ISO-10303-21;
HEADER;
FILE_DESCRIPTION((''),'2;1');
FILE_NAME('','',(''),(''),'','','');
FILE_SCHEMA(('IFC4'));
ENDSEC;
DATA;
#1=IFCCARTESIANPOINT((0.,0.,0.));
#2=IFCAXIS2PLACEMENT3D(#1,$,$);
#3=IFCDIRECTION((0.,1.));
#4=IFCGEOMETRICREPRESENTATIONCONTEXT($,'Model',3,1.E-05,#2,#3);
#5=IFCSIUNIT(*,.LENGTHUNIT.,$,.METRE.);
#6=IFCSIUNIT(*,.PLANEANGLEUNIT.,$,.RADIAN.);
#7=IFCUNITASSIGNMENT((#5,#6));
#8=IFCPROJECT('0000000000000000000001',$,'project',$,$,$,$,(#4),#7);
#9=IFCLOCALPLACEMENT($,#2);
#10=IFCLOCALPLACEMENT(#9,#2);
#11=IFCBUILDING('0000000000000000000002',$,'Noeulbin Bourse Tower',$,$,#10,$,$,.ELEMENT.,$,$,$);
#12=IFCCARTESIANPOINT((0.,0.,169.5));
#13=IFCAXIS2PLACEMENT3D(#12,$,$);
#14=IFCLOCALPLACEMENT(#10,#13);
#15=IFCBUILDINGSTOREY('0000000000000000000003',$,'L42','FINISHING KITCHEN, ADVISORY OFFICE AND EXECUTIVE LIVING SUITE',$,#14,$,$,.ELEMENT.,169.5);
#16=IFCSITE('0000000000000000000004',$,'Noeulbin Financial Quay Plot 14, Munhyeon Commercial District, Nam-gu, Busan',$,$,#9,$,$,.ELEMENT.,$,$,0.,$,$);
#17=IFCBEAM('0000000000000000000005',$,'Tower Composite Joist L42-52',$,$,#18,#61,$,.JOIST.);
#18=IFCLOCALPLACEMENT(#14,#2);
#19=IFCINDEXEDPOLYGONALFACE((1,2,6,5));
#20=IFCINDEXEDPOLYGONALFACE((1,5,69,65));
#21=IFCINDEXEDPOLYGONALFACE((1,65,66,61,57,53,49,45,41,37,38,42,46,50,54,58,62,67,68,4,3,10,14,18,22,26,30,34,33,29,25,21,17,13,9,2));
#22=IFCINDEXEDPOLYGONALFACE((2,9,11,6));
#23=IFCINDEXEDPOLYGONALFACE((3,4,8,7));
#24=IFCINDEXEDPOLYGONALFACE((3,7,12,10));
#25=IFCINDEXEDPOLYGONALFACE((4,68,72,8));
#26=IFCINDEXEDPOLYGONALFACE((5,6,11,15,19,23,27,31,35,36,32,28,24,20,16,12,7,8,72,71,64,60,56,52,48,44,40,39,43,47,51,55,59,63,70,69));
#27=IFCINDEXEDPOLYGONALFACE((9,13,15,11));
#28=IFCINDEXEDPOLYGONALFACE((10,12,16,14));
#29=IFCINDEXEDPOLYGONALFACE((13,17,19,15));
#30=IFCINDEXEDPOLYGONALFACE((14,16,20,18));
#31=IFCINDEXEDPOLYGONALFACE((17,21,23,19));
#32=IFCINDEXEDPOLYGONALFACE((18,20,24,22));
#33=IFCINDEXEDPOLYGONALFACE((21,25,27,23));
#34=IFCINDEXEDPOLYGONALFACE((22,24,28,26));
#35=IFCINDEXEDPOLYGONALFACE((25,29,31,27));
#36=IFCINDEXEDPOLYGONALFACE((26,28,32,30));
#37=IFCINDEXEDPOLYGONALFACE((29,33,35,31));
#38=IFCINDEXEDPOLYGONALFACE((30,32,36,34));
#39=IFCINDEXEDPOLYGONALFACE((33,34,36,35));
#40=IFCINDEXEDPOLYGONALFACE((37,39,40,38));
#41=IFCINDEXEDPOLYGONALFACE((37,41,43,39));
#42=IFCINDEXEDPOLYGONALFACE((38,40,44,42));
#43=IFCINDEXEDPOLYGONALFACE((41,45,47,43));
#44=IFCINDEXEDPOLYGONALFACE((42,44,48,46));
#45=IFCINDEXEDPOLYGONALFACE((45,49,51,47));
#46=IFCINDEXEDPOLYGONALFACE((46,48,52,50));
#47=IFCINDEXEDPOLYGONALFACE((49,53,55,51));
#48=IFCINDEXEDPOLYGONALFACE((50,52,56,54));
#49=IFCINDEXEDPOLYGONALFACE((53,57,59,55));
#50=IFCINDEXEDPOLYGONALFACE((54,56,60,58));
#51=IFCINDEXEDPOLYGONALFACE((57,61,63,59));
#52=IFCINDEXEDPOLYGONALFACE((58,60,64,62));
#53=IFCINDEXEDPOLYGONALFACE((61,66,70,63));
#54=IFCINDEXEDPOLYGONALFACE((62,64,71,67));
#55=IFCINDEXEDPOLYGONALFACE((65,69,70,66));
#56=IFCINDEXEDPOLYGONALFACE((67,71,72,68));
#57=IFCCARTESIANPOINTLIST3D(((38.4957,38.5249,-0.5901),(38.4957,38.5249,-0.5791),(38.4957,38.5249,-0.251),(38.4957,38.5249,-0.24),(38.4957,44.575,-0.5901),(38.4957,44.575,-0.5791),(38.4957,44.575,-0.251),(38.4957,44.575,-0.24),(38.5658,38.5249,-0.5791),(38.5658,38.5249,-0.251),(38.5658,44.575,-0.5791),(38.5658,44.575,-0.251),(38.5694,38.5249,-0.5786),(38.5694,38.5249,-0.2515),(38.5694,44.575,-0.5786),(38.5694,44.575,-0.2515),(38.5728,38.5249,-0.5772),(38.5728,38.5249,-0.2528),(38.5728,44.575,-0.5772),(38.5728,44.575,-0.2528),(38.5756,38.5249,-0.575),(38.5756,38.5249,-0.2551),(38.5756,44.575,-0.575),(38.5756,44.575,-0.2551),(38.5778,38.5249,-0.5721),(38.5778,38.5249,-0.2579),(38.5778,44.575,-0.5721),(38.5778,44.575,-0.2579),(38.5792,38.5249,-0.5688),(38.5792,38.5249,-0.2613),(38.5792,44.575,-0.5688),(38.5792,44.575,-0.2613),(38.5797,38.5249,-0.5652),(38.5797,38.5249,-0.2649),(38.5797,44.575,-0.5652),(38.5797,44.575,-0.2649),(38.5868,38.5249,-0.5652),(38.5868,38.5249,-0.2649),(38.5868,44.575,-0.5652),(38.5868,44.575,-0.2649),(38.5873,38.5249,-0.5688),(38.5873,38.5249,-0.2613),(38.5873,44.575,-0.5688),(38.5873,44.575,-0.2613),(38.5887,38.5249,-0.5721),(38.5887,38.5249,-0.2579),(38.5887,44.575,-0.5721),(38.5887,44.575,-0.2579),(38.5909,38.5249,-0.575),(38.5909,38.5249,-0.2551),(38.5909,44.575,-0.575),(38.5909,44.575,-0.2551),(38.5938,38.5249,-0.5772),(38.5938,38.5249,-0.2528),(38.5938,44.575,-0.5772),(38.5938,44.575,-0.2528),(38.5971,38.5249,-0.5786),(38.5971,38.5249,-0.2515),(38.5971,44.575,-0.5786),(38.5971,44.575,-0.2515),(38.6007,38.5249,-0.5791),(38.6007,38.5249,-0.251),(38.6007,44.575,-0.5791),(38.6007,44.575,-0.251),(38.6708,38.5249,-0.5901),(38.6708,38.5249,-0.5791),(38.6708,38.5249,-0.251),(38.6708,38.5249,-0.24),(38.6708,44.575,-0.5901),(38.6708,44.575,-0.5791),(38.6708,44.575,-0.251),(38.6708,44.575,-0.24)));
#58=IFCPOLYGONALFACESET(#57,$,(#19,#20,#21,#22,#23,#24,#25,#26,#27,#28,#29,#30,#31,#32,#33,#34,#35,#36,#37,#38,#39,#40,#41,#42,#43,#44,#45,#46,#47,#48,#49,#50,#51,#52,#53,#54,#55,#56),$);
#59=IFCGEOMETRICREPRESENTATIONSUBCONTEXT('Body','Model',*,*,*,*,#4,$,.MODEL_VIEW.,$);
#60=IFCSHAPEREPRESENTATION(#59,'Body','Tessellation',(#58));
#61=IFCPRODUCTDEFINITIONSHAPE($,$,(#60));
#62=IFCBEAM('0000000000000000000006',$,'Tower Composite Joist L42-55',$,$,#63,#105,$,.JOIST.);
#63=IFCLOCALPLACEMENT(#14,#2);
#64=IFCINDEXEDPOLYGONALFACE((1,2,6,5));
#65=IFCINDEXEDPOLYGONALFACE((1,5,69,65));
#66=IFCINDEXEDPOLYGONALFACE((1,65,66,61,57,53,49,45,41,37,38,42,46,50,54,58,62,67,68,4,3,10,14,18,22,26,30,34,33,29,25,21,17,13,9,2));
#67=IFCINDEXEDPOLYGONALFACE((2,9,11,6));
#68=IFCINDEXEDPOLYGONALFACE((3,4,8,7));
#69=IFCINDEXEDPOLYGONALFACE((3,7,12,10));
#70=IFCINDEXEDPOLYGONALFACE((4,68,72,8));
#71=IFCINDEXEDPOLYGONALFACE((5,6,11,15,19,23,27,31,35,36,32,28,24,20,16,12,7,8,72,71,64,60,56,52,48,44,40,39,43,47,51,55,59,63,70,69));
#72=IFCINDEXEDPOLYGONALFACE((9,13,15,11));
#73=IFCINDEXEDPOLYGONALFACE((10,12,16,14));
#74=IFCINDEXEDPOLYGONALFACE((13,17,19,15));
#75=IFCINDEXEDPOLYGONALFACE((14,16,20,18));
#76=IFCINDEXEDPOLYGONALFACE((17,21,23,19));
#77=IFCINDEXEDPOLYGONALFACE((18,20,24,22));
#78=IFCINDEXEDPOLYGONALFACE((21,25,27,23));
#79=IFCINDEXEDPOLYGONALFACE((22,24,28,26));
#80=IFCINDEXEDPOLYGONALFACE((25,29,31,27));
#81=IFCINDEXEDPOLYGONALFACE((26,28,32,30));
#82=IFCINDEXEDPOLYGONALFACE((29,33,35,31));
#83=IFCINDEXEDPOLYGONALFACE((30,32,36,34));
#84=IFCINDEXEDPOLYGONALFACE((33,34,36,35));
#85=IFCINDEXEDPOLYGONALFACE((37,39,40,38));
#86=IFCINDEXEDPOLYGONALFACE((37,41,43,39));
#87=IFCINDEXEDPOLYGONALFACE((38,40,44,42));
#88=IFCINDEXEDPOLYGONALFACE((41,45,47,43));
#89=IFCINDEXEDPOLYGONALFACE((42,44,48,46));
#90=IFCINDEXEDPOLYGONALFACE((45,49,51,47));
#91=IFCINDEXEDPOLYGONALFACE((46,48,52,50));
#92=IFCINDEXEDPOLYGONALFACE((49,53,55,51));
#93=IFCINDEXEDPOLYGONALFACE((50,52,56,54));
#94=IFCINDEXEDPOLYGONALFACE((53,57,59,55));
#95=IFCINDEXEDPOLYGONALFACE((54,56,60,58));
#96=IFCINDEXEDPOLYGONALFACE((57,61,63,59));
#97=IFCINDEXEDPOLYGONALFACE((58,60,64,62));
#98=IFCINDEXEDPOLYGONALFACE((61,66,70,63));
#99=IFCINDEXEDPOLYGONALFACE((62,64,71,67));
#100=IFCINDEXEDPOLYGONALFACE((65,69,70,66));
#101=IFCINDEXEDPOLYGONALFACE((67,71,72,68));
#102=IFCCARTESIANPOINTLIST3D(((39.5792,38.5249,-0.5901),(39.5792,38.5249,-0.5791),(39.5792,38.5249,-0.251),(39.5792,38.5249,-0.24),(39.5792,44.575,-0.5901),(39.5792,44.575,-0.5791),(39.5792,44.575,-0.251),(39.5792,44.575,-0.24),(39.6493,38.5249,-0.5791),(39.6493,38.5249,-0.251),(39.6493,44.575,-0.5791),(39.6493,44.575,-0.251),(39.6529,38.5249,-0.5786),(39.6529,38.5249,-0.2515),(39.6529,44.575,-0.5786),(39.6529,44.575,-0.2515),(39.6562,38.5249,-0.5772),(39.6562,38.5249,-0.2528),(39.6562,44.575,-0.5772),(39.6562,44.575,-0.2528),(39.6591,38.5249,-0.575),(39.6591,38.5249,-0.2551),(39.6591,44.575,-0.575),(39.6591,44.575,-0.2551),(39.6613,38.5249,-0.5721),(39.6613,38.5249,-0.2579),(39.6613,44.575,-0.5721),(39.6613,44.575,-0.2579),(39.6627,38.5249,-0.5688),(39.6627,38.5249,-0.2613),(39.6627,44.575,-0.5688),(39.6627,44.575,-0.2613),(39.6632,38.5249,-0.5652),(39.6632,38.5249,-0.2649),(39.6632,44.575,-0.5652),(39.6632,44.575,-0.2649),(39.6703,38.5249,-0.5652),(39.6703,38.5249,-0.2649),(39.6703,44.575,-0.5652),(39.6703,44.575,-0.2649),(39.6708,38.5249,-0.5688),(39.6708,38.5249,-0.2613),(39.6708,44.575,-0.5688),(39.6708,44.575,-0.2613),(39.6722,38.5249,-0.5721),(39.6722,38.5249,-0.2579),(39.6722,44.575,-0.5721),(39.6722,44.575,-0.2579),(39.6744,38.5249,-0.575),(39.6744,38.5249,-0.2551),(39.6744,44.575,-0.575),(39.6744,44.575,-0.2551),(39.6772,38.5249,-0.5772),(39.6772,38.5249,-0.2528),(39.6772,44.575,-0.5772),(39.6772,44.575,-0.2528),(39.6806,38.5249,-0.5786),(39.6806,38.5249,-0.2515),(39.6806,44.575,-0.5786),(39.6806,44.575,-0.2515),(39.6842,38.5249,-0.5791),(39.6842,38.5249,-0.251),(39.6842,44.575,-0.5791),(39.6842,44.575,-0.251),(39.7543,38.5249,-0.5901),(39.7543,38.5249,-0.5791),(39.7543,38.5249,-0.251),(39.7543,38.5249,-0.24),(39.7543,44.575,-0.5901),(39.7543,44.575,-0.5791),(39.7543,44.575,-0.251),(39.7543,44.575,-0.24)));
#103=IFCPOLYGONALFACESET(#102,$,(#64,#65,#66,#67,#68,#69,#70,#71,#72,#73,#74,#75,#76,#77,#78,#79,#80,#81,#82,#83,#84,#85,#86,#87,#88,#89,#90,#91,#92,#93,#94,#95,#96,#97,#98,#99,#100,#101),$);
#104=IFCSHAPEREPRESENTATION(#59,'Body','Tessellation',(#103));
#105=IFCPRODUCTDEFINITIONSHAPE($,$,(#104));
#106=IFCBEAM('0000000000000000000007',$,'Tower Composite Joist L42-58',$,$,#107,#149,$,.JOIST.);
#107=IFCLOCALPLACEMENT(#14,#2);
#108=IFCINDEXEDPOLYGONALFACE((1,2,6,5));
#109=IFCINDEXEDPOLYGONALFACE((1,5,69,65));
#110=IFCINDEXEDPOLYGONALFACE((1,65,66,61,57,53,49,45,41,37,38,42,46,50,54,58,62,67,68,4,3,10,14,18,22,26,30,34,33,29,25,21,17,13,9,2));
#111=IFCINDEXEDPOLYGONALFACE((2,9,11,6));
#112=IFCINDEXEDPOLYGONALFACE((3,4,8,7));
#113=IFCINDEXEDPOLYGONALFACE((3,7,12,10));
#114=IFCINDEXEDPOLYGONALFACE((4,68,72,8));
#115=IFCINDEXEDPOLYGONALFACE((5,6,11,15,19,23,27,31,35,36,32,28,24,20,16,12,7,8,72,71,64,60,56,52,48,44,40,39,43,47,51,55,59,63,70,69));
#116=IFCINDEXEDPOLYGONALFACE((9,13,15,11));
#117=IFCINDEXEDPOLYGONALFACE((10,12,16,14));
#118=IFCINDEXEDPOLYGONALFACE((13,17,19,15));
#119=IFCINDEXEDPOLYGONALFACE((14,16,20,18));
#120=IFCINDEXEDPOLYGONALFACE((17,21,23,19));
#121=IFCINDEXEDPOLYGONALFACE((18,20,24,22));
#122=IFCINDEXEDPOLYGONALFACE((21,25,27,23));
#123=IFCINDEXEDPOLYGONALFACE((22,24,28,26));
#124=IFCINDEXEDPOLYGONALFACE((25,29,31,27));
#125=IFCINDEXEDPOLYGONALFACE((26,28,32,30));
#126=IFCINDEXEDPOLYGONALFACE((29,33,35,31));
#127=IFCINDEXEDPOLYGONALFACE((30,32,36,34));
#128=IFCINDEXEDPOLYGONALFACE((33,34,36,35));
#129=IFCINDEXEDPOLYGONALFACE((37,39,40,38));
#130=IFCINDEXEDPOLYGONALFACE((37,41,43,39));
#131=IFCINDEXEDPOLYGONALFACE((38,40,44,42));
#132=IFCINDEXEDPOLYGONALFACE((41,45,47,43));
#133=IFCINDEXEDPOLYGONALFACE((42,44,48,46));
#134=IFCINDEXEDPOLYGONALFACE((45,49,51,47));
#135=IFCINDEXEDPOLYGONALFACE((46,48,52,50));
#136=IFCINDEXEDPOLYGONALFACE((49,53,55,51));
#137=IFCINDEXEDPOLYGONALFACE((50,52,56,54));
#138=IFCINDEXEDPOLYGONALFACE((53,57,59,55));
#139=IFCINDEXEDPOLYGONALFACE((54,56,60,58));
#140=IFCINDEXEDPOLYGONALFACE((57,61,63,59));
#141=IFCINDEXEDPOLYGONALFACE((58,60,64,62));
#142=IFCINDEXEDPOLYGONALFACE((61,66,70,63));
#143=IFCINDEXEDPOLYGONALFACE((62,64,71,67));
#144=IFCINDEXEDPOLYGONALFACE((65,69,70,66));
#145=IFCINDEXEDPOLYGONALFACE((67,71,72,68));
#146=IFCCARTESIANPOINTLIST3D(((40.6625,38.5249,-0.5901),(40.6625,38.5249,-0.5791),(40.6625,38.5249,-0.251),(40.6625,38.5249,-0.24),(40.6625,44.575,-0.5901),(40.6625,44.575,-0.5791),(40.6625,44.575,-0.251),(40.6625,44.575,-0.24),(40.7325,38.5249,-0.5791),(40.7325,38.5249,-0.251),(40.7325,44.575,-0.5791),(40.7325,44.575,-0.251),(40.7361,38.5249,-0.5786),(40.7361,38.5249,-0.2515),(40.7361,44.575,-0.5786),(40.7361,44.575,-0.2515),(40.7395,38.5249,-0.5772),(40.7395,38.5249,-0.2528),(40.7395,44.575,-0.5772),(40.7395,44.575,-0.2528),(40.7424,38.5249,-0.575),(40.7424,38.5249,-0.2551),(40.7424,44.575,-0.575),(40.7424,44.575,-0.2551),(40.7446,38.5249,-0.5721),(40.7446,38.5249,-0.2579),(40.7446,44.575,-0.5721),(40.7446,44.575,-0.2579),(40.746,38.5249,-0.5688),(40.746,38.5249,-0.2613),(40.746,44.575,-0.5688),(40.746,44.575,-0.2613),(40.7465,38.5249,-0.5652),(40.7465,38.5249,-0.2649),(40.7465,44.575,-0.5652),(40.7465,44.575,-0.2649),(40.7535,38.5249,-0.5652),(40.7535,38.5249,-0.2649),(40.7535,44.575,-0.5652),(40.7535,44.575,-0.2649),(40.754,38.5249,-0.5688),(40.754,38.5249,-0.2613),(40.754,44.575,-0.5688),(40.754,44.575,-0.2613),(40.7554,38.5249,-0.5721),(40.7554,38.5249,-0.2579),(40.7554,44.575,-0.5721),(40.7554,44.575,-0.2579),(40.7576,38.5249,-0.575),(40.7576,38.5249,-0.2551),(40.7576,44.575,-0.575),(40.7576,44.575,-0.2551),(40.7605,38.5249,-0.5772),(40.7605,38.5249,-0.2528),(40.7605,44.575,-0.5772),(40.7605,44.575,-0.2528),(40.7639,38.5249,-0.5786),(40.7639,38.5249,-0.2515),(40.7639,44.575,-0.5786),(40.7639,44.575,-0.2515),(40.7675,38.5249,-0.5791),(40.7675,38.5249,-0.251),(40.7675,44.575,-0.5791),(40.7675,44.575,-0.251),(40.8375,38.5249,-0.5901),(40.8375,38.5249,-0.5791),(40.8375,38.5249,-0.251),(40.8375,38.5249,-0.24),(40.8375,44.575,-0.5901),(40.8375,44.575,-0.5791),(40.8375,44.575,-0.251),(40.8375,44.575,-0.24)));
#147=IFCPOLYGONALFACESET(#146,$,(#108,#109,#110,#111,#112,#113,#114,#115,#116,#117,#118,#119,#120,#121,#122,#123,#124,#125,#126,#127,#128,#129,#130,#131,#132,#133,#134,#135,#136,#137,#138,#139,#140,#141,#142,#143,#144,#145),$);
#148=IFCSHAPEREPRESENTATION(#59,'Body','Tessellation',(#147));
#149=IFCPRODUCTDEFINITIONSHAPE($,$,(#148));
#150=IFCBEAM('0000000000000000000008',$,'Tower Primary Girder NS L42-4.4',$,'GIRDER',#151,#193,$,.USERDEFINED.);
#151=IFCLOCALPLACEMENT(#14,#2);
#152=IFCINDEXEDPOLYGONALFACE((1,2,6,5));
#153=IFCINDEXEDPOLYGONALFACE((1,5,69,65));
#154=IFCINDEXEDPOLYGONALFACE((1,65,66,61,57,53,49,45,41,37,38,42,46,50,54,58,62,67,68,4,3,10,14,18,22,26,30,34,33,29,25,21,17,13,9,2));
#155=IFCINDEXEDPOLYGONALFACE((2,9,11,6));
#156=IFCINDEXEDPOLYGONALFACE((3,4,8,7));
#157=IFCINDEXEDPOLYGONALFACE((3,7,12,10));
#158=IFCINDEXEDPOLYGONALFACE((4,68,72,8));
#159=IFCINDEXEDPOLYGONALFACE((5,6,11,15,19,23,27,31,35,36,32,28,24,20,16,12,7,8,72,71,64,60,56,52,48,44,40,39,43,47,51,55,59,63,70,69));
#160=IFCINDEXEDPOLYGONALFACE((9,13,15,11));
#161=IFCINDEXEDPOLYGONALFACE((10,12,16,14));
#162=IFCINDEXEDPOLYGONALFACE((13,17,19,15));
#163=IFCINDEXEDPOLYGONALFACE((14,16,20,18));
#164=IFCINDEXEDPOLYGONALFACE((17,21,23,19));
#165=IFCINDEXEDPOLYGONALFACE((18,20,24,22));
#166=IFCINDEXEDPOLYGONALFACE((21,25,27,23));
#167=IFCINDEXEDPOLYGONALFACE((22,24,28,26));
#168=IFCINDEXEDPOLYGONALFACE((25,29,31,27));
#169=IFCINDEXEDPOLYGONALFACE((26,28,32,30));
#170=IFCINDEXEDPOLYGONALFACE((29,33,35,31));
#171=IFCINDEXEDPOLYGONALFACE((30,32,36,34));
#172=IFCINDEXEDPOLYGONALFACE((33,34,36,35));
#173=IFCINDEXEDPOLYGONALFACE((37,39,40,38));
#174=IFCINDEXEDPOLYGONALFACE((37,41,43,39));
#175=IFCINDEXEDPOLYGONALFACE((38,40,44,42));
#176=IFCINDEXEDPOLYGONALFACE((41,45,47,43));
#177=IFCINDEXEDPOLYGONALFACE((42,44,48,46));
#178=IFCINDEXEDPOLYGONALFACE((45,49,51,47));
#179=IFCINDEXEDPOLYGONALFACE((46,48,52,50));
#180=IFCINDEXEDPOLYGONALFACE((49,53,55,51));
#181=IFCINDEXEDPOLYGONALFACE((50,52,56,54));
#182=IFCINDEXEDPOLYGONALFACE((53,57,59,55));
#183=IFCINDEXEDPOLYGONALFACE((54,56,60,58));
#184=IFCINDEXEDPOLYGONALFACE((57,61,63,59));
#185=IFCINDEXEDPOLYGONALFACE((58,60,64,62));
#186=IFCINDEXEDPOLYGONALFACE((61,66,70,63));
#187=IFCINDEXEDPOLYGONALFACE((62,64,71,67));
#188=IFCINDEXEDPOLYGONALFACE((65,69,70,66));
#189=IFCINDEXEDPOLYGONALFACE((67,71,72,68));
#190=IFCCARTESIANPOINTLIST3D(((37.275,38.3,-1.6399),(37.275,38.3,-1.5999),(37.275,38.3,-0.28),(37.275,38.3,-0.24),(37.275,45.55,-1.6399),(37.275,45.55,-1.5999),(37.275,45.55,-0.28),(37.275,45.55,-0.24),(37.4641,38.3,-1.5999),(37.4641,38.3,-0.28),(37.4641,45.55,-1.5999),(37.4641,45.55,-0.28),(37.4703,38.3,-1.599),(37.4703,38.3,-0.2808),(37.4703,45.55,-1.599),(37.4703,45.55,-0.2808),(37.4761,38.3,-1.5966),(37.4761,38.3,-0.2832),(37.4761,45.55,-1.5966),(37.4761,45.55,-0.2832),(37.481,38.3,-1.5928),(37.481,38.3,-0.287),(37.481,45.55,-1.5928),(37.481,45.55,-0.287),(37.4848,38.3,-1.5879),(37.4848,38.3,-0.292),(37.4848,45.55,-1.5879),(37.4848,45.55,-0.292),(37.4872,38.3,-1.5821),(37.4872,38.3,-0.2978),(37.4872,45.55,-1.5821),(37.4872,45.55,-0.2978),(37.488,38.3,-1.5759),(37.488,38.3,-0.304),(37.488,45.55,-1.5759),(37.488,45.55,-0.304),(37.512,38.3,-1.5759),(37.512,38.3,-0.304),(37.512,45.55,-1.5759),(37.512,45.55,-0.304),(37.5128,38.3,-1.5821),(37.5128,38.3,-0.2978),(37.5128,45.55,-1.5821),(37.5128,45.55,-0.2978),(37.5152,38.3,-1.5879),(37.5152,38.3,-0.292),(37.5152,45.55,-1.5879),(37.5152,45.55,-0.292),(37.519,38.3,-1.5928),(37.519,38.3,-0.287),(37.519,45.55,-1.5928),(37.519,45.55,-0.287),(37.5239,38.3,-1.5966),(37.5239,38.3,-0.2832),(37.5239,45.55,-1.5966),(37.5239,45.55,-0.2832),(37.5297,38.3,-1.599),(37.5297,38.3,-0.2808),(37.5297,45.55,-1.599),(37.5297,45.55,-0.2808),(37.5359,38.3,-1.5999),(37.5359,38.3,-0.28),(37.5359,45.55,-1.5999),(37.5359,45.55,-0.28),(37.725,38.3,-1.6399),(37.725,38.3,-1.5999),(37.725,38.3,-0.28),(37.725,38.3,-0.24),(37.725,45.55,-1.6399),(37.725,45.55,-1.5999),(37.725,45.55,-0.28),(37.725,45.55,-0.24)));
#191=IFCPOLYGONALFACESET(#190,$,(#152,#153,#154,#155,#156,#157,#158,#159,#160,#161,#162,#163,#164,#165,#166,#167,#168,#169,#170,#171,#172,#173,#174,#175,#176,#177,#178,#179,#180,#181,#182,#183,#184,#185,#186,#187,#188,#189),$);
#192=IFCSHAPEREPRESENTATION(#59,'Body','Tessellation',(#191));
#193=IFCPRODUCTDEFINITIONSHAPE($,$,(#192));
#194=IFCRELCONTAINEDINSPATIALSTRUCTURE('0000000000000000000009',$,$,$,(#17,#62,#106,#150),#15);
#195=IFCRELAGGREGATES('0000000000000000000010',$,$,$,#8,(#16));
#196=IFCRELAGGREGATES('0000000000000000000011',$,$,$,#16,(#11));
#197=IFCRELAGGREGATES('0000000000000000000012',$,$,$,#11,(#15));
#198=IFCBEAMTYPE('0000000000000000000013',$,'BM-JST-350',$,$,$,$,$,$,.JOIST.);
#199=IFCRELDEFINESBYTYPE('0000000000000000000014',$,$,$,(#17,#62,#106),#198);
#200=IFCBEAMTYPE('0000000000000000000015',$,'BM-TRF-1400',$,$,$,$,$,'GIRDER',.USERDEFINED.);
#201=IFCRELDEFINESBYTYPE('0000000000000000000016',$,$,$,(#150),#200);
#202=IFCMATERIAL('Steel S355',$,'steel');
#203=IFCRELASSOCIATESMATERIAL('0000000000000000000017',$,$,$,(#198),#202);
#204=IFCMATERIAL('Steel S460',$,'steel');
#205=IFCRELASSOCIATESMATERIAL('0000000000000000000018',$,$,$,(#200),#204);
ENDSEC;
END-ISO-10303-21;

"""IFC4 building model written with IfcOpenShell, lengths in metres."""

from ifc_helpers import new_model, si_unit, direction, frame, origin, origin_2d, place, context, subcontext, project, spatial, i_section, extrude, material, material_profile, profile_set, type_object, element, save


model = new_model("IFC4")

# Units and contexts
model_context = context("Model", 3, precision=1e-05, world=origin(), true_north=direction((0.0, 1.0)))
body_context = subcontext(model_context, "Body", "Model", "MODEL_VIEW")
ifc_project = project(units=[si_unit("LENGTHUNIT", "METRE"), si_unit("PLANEANGLEUNIT", "RADIAN")], contexts=[model_context])

# Site, building, storey
site_placement = place(None, origin())
site = spatial("IfcSite", under=ifc_project, at=site_placement, Name="Noeulbin Financial Quay Plot 14, Munhyeon Commercial District, Nam-gu, Busan", CompositionType="ELEMENT", RefElevation=0.0)
building_placement = place(site_placement, origin())
building = spatial("IfcBuilding", under=site, at=building_placement, Name="Noeulbin Bourse Tower", CompositionType="ELEMENT")
storey_placement = place(building_placement, frame((0.0, 0.0, 169.5)))
storey = spatial("IfcBuildingStorey", under=building, at=storey_placement, Name="L42", Description="FINISHING KITCHEN, ADVISORY OFFICE AND EXECUTIVE LIVING SUITE", CompositionType="ELEMENT", Elevation=169.5)

# Shared definitions
ifc_material_1 = material(Name="Steel S355", Category="steel")

# Beams
ifc_material_profile_1 = material_profile(ifc_material_1, i_section(OverallWidth=0.175, OverallDepth=0.3501, WebThickness=0.0071, FlangeThickness=0.011, FilletRadius=0.0139, at=origin_2d()), Name="H-350x175x7x11", Category="LoadBearing")
ifc_profile_set_1 = profile_set([ifc_material_profile_1], Name="Steel S355")
beam_type_1 = type_object("IfcBeamType", Name="BM-JST-350", PredefinedType="JOIST", material=ifc_profile_set_1)
for number, where, z_axis, x_axis, name in (
    (1, (38.5833, 38.5249, -0.415), (0.0, 1.0, 0.0), (-1.0, 0.0, 0.0), "Tower Composite Joist L42-52"),
    (2, (39.6667, 38.5249, -0.415), (0.0, 1.0, 0.0), (-1.0, 0.0, 0.0), "Tower Composite Joist L42-55"),
    (3, (40.75, 38.5249, -0.415), (0.0, 1.0, 0.0), (-1.0, 0.0, 0.0), "Tower Composite Joist L42-58"),
):
    element("IfcBeam", number, at=place(storey_placement, frame(where, z_axis=z_axis, x_axis=x_axis)), inside=storey, type_object=beam_type_1, Name=name, PredefinedType="JOIST", context=body_context, shape_type="SweptSolid", body=[
        extrude(i_section(OverallWidth=0.175, OverallDepth=0.3501, WebThickness=0.0071, FlangeThickness=0.011, FilletRadius=0.0139, at=origin_2d()), origin(), (0.0, 0.0, 1.0), 6.05),
    ])
ifc_material_2 = material(Name="Steel S460", Category="steel")
ifc_material_profile_2 = material_profile(ifc_material_2, i_section(OverallWidth=0.45, OverallDepth=1.3999, WebThickness=0.0239, FlangeThickness=0.04, FilletRadius=0.0239, at=origin_2d()), Name="PG-1400x450x24x40", Category="LoadBearing")
ifc_profile_set_2 = profile_set([ifc_material_profile_2], Name="Steel S460")
beam_type_2 = type_object("IfcBeamType", Name="BM-TRF-1400", ElementType="GIRDER", PredefinedType="USERDEFINED", material=ifc_profile_set_2)
beam_placement = place(storey_placement, frame((37.5, 38.3, -0.9399), z_axis=(0.0, 1.0, 0.0), x_axis=(-1.0, 0.0, 0.0)))
element("IfcBeam", 4, at=beam_placement, inside=storey, type_object=beam_type_2, Name="Tower Primary Girder NS L42-4.4", ObjectType="GIRDER", PredefinedType="USERDEFINED", context=body_context, shape_type="SweptSolid", body=[
    extrude(i_section(OverallWidth=0.45, OverallDepth=1.3999, WebThickness=0.0239, FlangeThickness=0.04, FilletRadius=0.0239, at=origin_2d()), origin(), (0.0, 0.0, 1.0), 7.25),
])

save(model, "model.ifc")
